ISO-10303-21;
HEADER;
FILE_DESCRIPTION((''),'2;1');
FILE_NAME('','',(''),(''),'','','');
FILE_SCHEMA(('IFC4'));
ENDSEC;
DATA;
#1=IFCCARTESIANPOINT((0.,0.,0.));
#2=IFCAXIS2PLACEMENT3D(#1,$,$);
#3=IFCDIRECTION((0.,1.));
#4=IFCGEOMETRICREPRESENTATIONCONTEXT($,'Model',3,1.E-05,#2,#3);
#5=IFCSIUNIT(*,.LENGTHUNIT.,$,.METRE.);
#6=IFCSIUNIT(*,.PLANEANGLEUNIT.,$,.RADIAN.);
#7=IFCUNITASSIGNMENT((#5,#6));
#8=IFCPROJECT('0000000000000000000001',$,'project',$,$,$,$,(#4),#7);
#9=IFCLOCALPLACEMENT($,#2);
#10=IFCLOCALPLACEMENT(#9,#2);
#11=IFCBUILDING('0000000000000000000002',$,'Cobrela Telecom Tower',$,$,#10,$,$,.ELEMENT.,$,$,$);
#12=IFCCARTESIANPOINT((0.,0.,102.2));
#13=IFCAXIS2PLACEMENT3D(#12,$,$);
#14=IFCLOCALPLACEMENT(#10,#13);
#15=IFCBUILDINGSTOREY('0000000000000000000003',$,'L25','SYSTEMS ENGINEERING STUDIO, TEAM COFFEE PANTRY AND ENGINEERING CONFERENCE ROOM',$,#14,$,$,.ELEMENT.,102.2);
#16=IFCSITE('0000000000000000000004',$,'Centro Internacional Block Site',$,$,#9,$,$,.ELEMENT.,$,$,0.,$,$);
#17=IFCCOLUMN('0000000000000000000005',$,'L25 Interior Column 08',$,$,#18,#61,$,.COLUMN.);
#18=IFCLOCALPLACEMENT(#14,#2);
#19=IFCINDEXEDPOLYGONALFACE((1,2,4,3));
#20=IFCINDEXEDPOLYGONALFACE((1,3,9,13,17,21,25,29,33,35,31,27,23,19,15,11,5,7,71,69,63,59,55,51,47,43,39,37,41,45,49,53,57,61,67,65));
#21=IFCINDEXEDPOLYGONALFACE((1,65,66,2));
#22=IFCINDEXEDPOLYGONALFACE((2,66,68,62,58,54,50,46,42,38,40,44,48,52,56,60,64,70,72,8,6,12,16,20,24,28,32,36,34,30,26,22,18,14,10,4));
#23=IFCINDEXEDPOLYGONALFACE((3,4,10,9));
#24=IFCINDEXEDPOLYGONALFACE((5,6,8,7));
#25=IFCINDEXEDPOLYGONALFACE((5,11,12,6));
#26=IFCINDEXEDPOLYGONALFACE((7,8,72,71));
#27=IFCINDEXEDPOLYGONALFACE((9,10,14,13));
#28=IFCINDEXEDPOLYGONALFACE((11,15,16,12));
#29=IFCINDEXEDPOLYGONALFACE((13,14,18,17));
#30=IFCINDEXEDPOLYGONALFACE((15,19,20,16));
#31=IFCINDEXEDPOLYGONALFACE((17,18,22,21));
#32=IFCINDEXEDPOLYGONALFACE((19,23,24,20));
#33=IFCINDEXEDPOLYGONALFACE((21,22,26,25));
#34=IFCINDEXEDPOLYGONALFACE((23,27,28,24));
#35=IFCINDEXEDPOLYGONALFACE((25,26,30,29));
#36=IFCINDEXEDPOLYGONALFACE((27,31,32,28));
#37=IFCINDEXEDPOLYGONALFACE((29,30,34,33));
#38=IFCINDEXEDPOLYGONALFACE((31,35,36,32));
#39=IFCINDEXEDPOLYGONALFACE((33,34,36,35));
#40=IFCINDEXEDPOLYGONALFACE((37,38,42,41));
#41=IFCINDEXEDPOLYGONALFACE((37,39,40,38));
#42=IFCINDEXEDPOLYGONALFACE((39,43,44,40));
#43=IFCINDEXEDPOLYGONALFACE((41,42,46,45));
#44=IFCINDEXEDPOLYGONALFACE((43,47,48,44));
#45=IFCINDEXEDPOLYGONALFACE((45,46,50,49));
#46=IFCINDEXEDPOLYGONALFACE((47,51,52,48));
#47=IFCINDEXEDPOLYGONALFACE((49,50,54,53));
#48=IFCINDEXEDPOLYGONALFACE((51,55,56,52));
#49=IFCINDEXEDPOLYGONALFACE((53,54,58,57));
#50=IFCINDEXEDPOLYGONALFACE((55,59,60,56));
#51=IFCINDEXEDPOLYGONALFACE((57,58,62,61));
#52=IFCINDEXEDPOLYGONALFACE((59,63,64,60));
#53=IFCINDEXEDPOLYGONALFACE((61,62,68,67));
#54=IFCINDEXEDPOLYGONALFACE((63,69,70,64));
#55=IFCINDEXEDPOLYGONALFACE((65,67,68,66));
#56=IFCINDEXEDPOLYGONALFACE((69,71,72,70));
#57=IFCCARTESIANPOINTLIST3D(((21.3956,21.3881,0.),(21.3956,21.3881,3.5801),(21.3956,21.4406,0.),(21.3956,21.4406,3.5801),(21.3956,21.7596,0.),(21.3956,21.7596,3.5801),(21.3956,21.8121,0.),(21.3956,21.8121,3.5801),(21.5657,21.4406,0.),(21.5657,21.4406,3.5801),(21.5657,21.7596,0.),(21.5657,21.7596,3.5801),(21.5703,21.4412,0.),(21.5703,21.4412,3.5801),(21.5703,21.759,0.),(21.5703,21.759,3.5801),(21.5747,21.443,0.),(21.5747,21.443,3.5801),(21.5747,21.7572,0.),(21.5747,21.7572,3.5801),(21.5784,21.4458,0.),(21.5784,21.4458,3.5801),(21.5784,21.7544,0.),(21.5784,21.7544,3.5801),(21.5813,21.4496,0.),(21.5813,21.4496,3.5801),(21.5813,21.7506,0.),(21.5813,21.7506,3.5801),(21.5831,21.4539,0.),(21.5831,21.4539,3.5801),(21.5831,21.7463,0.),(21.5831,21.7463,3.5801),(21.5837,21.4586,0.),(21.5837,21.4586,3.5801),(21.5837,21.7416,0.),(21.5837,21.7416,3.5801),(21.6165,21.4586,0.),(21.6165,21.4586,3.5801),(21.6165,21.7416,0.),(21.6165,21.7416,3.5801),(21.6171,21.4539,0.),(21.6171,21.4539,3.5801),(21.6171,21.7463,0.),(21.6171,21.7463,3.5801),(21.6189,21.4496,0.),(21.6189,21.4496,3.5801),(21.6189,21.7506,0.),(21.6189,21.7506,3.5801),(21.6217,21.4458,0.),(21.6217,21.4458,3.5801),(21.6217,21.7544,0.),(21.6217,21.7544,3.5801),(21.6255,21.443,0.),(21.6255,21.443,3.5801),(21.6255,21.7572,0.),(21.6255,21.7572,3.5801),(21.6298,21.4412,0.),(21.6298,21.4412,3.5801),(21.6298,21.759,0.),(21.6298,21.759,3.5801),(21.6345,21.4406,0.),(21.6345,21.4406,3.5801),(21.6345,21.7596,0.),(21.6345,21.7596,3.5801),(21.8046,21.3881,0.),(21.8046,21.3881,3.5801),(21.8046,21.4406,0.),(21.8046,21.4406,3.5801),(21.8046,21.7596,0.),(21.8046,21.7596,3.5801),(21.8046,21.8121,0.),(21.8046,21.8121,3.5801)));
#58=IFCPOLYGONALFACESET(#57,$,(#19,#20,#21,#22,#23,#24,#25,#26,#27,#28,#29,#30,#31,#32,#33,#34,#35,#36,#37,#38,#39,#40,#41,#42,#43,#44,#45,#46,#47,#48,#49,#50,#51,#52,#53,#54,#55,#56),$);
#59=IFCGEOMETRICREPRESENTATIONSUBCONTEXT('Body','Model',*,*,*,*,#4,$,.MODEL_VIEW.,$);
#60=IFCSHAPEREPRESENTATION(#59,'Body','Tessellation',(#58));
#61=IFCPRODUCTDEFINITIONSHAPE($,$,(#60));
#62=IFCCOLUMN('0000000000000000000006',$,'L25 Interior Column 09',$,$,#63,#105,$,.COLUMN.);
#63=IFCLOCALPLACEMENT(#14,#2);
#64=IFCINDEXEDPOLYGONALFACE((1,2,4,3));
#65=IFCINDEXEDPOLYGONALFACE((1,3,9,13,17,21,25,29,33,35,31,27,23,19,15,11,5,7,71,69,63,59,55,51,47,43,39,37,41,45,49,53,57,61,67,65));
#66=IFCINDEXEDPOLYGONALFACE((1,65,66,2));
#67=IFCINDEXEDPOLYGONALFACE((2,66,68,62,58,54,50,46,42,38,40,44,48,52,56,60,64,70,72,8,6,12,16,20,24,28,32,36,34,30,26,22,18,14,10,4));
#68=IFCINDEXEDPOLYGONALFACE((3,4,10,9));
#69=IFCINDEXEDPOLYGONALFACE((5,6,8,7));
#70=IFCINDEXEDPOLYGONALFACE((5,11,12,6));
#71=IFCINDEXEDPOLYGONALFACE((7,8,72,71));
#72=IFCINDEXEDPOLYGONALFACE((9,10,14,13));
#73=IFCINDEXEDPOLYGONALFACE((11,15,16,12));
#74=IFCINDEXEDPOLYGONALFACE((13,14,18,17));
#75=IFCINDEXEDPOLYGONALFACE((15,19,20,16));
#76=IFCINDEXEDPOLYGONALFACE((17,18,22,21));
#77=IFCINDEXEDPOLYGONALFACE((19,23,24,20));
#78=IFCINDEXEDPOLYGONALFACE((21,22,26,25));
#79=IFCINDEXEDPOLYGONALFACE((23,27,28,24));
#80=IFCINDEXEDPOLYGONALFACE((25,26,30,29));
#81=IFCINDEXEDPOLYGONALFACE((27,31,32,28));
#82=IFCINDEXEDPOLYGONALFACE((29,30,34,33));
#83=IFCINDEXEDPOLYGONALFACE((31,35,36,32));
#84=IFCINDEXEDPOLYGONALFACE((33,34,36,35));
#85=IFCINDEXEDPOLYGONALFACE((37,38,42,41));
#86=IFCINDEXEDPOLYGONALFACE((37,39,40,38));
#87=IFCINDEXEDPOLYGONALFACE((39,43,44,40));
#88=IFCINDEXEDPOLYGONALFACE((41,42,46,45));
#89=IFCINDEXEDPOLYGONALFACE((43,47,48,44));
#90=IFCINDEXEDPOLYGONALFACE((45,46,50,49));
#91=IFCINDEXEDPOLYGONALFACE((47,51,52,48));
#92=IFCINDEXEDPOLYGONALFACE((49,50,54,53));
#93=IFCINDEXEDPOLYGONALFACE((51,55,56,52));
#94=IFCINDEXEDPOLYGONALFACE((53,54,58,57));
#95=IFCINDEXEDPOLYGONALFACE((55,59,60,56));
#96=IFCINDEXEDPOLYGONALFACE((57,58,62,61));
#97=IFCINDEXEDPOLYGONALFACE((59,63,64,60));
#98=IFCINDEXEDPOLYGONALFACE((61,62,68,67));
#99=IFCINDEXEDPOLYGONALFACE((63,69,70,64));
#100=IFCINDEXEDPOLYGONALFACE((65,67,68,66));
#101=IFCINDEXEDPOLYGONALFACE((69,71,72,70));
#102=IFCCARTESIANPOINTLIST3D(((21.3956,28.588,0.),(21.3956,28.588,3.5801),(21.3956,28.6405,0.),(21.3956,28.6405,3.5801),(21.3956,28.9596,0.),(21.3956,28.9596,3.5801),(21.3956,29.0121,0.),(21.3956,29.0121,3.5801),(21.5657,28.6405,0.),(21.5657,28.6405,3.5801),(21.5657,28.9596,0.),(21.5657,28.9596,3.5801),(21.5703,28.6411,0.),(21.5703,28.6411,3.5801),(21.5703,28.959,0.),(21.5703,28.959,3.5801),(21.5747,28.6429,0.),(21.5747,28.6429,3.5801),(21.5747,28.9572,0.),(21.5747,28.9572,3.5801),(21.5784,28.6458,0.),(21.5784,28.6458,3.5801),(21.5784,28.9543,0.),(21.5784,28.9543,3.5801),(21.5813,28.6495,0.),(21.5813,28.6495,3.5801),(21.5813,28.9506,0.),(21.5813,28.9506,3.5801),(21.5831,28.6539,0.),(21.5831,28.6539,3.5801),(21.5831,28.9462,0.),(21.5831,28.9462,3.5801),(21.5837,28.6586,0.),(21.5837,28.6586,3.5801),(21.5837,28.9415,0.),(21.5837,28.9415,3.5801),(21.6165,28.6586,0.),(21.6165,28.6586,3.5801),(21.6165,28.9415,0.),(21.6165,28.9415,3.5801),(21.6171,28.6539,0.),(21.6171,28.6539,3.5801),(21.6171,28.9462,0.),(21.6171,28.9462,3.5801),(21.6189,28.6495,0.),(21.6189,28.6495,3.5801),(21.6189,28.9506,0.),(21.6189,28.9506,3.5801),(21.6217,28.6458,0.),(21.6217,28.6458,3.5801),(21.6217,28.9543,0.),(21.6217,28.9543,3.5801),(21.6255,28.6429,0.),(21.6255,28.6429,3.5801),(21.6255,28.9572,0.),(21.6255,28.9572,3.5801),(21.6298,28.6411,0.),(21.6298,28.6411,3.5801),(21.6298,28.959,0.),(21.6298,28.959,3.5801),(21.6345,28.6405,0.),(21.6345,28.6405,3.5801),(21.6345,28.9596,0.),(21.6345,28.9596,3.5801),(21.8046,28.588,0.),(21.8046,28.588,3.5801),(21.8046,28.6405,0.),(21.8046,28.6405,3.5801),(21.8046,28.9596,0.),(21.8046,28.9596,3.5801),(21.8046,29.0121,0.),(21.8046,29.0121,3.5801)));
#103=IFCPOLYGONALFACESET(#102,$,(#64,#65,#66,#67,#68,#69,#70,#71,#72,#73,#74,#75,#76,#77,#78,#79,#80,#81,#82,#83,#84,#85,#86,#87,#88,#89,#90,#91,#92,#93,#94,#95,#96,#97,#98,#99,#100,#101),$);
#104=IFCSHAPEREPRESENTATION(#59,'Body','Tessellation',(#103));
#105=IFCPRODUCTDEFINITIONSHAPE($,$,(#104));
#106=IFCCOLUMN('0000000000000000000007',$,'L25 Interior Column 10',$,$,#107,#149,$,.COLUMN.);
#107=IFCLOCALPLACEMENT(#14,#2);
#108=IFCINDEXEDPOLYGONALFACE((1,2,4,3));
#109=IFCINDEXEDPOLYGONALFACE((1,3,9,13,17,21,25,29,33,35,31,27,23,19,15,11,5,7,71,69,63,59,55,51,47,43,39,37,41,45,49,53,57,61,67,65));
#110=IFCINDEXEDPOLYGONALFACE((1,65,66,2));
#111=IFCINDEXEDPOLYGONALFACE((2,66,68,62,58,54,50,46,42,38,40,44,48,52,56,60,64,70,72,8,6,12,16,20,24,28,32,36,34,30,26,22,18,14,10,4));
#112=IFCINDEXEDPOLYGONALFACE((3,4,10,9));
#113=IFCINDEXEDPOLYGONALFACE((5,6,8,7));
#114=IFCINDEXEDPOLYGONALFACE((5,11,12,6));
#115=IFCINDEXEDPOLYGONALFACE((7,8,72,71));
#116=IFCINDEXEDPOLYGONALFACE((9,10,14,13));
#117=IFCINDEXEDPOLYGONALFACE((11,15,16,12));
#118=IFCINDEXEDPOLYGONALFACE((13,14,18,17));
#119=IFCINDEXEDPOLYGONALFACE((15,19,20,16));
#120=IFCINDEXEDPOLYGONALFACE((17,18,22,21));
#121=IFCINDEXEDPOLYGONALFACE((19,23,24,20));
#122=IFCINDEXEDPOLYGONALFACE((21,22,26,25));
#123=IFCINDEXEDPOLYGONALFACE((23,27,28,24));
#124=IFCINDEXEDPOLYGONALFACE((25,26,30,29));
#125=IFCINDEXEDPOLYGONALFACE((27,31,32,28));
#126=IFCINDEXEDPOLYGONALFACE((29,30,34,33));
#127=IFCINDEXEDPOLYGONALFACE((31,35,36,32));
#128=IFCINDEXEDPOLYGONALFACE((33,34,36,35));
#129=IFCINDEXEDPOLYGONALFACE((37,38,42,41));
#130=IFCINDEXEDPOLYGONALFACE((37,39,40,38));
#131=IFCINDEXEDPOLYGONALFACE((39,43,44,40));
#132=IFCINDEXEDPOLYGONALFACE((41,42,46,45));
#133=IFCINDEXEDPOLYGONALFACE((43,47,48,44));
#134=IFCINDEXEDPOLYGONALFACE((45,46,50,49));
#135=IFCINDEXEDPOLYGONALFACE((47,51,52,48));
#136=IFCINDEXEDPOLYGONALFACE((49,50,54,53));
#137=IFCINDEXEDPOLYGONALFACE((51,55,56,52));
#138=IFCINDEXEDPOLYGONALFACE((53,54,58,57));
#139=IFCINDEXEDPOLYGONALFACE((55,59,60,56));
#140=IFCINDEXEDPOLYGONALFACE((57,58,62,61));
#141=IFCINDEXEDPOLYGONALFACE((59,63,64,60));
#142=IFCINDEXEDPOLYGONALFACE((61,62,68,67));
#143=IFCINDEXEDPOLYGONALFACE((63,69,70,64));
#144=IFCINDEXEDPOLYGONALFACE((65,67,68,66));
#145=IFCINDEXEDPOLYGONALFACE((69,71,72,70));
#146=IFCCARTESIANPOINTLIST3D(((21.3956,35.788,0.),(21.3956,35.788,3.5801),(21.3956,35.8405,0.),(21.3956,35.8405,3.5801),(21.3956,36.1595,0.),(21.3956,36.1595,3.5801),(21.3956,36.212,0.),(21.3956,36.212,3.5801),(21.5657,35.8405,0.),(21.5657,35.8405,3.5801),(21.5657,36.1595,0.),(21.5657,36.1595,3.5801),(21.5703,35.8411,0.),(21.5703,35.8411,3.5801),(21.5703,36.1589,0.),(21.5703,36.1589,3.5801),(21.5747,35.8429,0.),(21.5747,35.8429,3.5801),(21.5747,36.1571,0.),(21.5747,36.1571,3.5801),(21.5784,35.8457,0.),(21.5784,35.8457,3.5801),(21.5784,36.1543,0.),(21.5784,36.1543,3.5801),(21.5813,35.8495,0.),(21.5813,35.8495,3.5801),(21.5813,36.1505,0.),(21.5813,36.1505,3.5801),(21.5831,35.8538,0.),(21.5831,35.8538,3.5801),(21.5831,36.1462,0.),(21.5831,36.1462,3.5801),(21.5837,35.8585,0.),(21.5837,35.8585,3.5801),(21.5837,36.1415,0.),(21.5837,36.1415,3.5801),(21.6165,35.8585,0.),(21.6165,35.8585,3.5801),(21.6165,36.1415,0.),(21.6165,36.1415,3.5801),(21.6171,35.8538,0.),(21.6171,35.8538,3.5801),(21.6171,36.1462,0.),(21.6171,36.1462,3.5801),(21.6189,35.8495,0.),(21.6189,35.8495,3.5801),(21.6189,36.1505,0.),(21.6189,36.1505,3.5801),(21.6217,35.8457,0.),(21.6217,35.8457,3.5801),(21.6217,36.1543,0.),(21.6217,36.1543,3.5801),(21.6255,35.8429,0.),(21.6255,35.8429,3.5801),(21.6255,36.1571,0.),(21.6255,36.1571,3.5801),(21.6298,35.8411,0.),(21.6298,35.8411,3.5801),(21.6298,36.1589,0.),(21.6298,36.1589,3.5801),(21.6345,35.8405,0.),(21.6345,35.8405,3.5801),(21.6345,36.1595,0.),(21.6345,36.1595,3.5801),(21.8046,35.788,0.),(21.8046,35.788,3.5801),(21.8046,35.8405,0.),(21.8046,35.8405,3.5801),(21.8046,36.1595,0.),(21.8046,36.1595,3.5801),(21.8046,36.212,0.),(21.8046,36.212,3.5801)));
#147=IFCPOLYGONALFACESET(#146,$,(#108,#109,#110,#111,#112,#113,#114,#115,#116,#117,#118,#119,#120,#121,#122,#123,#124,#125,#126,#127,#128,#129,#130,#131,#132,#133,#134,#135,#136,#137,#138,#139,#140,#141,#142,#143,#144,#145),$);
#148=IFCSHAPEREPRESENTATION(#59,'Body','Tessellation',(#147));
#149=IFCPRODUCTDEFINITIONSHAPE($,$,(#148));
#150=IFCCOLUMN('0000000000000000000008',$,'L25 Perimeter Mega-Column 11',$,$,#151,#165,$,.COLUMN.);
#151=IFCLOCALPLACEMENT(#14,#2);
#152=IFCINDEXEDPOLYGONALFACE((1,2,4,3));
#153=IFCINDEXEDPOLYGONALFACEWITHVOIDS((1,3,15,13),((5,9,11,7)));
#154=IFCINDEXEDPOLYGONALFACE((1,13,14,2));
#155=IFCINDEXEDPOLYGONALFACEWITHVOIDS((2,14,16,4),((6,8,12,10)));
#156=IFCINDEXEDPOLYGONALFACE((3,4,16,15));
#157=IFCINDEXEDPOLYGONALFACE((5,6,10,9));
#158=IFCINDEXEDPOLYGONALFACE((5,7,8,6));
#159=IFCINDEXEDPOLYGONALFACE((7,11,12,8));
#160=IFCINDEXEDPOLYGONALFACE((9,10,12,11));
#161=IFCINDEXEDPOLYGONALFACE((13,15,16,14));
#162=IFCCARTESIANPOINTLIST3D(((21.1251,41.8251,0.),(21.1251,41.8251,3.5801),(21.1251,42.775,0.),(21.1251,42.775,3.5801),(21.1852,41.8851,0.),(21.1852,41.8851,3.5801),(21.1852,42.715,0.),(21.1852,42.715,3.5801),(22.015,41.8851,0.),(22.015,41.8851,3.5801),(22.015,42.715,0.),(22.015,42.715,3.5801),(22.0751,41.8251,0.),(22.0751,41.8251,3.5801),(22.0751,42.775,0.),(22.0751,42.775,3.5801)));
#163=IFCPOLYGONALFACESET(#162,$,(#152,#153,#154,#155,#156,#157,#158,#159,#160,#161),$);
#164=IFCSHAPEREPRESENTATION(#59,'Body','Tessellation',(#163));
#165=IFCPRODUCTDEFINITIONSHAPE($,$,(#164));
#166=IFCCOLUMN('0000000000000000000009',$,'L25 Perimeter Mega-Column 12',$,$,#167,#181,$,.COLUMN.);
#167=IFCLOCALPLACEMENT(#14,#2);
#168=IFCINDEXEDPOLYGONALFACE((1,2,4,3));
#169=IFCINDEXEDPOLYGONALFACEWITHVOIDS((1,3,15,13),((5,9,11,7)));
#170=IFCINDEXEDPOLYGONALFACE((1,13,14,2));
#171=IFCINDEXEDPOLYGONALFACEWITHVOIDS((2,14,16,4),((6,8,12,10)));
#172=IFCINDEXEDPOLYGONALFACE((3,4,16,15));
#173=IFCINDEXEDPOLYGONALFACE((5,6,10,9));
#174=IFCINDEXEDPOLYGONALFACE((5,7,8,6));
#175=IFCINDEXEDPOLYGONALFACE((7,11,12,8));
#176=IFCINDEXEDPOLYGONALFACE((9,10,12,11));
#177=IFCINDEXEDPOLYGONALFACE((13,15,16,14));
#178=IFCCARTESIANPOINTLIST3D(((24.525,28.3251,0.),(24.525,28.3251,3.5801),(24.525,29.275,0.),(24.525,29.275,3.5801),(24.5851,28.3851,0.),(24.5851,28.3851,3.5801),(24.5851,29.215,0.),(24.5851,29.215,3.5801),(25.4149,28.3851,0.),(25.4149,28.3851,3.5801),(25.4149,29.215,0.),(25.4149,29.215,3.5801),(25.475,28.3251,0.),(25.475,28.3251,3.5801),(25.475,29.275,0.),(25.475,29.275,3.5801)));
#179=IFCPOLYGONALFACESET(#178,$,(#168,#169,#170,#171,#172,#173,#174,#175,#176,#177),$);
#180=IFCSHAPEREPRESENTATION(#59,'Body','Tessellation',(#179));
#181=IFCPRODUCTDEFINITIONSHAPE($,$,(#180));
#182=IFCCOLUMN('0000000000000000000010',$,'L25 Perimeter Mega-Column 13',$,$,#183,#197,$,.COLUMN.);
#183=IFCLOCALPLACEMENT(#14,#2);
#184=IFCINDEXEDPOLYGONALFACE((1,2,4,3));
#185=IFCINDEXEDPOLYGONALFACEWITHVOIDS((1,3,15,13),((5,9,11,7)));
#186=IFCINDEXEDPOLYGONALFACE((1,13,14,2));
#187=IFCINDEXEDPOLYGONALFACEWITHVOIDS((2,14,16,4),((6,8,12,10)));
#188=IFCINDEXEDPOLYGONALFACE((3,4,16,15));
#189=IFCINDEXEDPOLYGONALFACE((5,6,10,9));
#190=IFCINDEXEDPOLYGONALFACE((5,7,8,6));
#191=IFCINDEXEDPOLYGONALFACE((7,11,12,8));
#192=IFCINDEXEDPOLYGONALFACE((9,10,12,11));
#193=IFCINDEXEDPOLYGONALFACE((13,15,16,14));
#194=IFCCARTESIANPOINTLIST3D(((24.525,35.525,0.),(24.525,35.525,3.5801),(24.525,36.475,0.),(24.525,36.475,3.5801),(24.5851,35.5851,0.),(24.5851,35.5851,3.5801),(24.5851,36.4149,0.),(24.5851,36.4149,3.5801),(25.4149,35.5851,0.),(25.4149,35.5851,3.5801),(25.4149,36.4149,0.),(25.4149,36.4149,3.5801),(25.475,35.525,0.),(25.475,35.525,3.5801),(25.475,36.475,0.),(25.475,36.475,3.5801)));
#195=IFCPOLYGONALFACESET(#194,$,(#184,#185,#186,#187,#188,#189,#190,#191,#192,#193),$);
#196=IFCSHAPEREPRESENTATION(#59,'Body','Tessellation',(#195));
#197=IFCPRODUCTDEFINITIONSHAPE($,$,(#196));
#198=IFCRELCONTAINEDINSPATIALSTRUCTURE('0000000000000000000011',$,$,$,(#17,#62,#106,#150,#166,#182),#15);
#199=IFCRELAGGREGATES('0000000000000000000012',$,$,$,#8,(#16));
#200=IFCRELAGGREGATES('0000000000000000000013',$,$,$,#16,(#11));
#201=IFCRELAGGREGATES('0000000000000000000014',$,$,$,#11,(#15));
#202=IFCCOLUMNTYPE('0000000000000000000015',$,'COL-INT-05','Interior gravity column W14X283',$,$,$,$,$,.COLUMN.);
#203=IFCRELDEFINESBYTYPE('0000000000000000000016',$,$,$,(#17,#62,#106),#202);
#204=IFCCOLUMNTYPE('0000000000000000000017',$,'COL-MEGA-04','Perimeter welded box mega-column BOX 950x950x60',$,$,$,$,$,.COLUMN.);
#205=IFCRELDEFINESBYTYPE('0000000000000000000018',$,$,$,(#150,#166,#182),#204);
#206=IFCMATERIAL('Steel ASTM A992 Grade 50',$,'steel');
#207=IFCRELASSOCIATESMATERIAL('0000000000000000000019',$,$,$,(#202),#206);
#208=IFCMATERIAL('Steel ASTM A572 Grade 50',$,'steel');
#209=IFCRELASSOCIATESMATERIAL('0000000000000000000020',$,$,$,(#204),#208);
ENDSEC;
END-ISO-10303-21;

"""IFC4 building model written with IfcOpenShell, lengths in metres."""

from ifc_helpers import new_model, si_unit, direction, frame, origin, origin_2d, place, context, subcontext, project, spatial, hollow_rectangle, i_section, extrude, material, material_profile, profile_set, type_object, element, save


model = new_model("IFC4")

# Units and contexts
model_context = context("Model", 3, precision=1e-05, world=origin(), true_north=direction((0.0, 1.0)))
body_context = subcontext(model_context, "Body", "Model", "MODEL_VIEW")
ifc_project = project(units=[si_unit("LENGTHUNIT", "METRE"), si_unit("PLANEANGLEUNIT", "RADIAN")], contexts=[model_context])

# Site, building, storey
site_placement = place(None, origin())
site = spatial("IfcSite", under=ifc_project, at=site_placement, Name="Centro Internacional Block Site", CompositionType="ELEMENT", RefElevation=0.0)
building_placement = place(site_placement, origin())
building = spatial("IfcBuilding", under=site, at=building_placement, Name="Cobrela Telecom Tower", CompositionType="ELEMENT")
storey_placement = place(building_placement, frame((0.0, 0.0, 102.2)))
storey = spatial("IfcBuildingStorey", under=building, at=storey_placement, Name="L25", Description="SYSTEMS ENGINEERING STUDIO, TEAM COFFEE PANTRY AND ENGINEERING CONFERENCE ROOM", CompositionType="ELEMENT", Elevation=102.2)

# Columns
ifc_material_1 = material(Name="Steel ASTM A992 Grade 50", Category="steel")
ifc_material_profile_1 = material_profile(ifc_material_1, i_section(OverallWidth=0.4089, OverallDepth=0.4241, WebThickness=0.0327, FlangeThickness=0.0525, FilletRadius=0.0181, at=origin_2d()), Name="W14X283")
ifc_profile_set_1 = profile_set([ifc_material_profile_1], Name="Steel ASTM A992 Grade 50")
column_type_1 = type_object("IfcColumnType", Name="COL-INT-05", Description="Interior gravity column W14X283", PredefinedType="COLUMN", material=ifc_profile_set_1)
for number, where, z_axis, x_axis, name in (
    (1, (21.6001, 21.6001, 0.0), (0.0, 0.0, 1.0), (1.0, 0.0, 0.0), "L25 Interior Column 08"),
    (2, (21.6001, 28.8, 0.0), (0.0, 0.0, 1.0), (1.0, 0.0, 0.0), "L25 Interior Column 09"),
    (3, (21.6001, 36.0, 0.0), (0.0, 0.0, 1.0), (1.0, 0.0, 0.0), "L25 Interior Column 10"),
):
    element("IfcColumn", number, at=place(storey_placement, frame(where, z_axis=z_axis, x_axis=x_axis)), inside=storey, type_object=column_type_1, Name=name, PredefinedType="COLUMN", context=body_context, shape_type="SweptSolid", body=[
        extrude(i_section(OverallWidth=0.4089, OverallDepth=0.4241, WebThickness=0.0327, FlangeThickness=0.0525, FilletRadius=0.0181, at=origin_2d()), origin(), (0.0, 0.0, 1.0), 3.5801),
    ])
ifc_material_2 = material(Name="Steel ASTM A572 Grade 50", Category="steel")
ifc_material_profile_2 = material_profile(ifc_material_2, hollow_rectangle(XDim=0.95, YDim=0.95, WallThickness=0.0601, at=origin_2d()), Name="BOX 950x950x60")
ifc_profile_set_2 = profile_set([ifc_material_profile_2], Name="Steel ASTM A572 Grade 50")
column_type_2 = type_object("IfcColumnType", Name="COL-MEGA-04", Description="Perimeter welded box mega-column BOX 950x950x60", PredefinedType="COLUMN", material=ifc_profile_set_2)
for number, where, z_axis, x_axis, name in (
    (4, (21.6001, 42.3, 0.0), (0.0, 0.0, 1.0), (1.0, 0.0, 0.0), "L25 Perimeter Mega-Column 11"),
    (5, (25.0, 28.8, 0.0), (0.0, 0.0, 1.0), (1.0, 0.0, 0.0), "L25 Perimeter Mega-Column 12"),
    (6, (25.0, 36.0, 0.0), (0.0, 0.0, 1.0), (1.0, 0.0, 0.0), "L25 Perimeter Mega-Column 13"),
):
    element("IfcColumn", number, at=place(storey_placement, frame(where, z_axis=z_axis, x_axis=x_axis)), inside=storey, type_object=column_type_2, Name=name, PredefinedType="COLUMN", context=body_context, shape_type="SweptSolid", body=[
        extrude(hollow_rectangle(XDim=0.95, YDim=0.95, WallThickness=0.0601, at=origin_2d()), origin(), (0.0, 0.0, 1.0), 3.5801),
    ])

save(model, "model.ifc")
